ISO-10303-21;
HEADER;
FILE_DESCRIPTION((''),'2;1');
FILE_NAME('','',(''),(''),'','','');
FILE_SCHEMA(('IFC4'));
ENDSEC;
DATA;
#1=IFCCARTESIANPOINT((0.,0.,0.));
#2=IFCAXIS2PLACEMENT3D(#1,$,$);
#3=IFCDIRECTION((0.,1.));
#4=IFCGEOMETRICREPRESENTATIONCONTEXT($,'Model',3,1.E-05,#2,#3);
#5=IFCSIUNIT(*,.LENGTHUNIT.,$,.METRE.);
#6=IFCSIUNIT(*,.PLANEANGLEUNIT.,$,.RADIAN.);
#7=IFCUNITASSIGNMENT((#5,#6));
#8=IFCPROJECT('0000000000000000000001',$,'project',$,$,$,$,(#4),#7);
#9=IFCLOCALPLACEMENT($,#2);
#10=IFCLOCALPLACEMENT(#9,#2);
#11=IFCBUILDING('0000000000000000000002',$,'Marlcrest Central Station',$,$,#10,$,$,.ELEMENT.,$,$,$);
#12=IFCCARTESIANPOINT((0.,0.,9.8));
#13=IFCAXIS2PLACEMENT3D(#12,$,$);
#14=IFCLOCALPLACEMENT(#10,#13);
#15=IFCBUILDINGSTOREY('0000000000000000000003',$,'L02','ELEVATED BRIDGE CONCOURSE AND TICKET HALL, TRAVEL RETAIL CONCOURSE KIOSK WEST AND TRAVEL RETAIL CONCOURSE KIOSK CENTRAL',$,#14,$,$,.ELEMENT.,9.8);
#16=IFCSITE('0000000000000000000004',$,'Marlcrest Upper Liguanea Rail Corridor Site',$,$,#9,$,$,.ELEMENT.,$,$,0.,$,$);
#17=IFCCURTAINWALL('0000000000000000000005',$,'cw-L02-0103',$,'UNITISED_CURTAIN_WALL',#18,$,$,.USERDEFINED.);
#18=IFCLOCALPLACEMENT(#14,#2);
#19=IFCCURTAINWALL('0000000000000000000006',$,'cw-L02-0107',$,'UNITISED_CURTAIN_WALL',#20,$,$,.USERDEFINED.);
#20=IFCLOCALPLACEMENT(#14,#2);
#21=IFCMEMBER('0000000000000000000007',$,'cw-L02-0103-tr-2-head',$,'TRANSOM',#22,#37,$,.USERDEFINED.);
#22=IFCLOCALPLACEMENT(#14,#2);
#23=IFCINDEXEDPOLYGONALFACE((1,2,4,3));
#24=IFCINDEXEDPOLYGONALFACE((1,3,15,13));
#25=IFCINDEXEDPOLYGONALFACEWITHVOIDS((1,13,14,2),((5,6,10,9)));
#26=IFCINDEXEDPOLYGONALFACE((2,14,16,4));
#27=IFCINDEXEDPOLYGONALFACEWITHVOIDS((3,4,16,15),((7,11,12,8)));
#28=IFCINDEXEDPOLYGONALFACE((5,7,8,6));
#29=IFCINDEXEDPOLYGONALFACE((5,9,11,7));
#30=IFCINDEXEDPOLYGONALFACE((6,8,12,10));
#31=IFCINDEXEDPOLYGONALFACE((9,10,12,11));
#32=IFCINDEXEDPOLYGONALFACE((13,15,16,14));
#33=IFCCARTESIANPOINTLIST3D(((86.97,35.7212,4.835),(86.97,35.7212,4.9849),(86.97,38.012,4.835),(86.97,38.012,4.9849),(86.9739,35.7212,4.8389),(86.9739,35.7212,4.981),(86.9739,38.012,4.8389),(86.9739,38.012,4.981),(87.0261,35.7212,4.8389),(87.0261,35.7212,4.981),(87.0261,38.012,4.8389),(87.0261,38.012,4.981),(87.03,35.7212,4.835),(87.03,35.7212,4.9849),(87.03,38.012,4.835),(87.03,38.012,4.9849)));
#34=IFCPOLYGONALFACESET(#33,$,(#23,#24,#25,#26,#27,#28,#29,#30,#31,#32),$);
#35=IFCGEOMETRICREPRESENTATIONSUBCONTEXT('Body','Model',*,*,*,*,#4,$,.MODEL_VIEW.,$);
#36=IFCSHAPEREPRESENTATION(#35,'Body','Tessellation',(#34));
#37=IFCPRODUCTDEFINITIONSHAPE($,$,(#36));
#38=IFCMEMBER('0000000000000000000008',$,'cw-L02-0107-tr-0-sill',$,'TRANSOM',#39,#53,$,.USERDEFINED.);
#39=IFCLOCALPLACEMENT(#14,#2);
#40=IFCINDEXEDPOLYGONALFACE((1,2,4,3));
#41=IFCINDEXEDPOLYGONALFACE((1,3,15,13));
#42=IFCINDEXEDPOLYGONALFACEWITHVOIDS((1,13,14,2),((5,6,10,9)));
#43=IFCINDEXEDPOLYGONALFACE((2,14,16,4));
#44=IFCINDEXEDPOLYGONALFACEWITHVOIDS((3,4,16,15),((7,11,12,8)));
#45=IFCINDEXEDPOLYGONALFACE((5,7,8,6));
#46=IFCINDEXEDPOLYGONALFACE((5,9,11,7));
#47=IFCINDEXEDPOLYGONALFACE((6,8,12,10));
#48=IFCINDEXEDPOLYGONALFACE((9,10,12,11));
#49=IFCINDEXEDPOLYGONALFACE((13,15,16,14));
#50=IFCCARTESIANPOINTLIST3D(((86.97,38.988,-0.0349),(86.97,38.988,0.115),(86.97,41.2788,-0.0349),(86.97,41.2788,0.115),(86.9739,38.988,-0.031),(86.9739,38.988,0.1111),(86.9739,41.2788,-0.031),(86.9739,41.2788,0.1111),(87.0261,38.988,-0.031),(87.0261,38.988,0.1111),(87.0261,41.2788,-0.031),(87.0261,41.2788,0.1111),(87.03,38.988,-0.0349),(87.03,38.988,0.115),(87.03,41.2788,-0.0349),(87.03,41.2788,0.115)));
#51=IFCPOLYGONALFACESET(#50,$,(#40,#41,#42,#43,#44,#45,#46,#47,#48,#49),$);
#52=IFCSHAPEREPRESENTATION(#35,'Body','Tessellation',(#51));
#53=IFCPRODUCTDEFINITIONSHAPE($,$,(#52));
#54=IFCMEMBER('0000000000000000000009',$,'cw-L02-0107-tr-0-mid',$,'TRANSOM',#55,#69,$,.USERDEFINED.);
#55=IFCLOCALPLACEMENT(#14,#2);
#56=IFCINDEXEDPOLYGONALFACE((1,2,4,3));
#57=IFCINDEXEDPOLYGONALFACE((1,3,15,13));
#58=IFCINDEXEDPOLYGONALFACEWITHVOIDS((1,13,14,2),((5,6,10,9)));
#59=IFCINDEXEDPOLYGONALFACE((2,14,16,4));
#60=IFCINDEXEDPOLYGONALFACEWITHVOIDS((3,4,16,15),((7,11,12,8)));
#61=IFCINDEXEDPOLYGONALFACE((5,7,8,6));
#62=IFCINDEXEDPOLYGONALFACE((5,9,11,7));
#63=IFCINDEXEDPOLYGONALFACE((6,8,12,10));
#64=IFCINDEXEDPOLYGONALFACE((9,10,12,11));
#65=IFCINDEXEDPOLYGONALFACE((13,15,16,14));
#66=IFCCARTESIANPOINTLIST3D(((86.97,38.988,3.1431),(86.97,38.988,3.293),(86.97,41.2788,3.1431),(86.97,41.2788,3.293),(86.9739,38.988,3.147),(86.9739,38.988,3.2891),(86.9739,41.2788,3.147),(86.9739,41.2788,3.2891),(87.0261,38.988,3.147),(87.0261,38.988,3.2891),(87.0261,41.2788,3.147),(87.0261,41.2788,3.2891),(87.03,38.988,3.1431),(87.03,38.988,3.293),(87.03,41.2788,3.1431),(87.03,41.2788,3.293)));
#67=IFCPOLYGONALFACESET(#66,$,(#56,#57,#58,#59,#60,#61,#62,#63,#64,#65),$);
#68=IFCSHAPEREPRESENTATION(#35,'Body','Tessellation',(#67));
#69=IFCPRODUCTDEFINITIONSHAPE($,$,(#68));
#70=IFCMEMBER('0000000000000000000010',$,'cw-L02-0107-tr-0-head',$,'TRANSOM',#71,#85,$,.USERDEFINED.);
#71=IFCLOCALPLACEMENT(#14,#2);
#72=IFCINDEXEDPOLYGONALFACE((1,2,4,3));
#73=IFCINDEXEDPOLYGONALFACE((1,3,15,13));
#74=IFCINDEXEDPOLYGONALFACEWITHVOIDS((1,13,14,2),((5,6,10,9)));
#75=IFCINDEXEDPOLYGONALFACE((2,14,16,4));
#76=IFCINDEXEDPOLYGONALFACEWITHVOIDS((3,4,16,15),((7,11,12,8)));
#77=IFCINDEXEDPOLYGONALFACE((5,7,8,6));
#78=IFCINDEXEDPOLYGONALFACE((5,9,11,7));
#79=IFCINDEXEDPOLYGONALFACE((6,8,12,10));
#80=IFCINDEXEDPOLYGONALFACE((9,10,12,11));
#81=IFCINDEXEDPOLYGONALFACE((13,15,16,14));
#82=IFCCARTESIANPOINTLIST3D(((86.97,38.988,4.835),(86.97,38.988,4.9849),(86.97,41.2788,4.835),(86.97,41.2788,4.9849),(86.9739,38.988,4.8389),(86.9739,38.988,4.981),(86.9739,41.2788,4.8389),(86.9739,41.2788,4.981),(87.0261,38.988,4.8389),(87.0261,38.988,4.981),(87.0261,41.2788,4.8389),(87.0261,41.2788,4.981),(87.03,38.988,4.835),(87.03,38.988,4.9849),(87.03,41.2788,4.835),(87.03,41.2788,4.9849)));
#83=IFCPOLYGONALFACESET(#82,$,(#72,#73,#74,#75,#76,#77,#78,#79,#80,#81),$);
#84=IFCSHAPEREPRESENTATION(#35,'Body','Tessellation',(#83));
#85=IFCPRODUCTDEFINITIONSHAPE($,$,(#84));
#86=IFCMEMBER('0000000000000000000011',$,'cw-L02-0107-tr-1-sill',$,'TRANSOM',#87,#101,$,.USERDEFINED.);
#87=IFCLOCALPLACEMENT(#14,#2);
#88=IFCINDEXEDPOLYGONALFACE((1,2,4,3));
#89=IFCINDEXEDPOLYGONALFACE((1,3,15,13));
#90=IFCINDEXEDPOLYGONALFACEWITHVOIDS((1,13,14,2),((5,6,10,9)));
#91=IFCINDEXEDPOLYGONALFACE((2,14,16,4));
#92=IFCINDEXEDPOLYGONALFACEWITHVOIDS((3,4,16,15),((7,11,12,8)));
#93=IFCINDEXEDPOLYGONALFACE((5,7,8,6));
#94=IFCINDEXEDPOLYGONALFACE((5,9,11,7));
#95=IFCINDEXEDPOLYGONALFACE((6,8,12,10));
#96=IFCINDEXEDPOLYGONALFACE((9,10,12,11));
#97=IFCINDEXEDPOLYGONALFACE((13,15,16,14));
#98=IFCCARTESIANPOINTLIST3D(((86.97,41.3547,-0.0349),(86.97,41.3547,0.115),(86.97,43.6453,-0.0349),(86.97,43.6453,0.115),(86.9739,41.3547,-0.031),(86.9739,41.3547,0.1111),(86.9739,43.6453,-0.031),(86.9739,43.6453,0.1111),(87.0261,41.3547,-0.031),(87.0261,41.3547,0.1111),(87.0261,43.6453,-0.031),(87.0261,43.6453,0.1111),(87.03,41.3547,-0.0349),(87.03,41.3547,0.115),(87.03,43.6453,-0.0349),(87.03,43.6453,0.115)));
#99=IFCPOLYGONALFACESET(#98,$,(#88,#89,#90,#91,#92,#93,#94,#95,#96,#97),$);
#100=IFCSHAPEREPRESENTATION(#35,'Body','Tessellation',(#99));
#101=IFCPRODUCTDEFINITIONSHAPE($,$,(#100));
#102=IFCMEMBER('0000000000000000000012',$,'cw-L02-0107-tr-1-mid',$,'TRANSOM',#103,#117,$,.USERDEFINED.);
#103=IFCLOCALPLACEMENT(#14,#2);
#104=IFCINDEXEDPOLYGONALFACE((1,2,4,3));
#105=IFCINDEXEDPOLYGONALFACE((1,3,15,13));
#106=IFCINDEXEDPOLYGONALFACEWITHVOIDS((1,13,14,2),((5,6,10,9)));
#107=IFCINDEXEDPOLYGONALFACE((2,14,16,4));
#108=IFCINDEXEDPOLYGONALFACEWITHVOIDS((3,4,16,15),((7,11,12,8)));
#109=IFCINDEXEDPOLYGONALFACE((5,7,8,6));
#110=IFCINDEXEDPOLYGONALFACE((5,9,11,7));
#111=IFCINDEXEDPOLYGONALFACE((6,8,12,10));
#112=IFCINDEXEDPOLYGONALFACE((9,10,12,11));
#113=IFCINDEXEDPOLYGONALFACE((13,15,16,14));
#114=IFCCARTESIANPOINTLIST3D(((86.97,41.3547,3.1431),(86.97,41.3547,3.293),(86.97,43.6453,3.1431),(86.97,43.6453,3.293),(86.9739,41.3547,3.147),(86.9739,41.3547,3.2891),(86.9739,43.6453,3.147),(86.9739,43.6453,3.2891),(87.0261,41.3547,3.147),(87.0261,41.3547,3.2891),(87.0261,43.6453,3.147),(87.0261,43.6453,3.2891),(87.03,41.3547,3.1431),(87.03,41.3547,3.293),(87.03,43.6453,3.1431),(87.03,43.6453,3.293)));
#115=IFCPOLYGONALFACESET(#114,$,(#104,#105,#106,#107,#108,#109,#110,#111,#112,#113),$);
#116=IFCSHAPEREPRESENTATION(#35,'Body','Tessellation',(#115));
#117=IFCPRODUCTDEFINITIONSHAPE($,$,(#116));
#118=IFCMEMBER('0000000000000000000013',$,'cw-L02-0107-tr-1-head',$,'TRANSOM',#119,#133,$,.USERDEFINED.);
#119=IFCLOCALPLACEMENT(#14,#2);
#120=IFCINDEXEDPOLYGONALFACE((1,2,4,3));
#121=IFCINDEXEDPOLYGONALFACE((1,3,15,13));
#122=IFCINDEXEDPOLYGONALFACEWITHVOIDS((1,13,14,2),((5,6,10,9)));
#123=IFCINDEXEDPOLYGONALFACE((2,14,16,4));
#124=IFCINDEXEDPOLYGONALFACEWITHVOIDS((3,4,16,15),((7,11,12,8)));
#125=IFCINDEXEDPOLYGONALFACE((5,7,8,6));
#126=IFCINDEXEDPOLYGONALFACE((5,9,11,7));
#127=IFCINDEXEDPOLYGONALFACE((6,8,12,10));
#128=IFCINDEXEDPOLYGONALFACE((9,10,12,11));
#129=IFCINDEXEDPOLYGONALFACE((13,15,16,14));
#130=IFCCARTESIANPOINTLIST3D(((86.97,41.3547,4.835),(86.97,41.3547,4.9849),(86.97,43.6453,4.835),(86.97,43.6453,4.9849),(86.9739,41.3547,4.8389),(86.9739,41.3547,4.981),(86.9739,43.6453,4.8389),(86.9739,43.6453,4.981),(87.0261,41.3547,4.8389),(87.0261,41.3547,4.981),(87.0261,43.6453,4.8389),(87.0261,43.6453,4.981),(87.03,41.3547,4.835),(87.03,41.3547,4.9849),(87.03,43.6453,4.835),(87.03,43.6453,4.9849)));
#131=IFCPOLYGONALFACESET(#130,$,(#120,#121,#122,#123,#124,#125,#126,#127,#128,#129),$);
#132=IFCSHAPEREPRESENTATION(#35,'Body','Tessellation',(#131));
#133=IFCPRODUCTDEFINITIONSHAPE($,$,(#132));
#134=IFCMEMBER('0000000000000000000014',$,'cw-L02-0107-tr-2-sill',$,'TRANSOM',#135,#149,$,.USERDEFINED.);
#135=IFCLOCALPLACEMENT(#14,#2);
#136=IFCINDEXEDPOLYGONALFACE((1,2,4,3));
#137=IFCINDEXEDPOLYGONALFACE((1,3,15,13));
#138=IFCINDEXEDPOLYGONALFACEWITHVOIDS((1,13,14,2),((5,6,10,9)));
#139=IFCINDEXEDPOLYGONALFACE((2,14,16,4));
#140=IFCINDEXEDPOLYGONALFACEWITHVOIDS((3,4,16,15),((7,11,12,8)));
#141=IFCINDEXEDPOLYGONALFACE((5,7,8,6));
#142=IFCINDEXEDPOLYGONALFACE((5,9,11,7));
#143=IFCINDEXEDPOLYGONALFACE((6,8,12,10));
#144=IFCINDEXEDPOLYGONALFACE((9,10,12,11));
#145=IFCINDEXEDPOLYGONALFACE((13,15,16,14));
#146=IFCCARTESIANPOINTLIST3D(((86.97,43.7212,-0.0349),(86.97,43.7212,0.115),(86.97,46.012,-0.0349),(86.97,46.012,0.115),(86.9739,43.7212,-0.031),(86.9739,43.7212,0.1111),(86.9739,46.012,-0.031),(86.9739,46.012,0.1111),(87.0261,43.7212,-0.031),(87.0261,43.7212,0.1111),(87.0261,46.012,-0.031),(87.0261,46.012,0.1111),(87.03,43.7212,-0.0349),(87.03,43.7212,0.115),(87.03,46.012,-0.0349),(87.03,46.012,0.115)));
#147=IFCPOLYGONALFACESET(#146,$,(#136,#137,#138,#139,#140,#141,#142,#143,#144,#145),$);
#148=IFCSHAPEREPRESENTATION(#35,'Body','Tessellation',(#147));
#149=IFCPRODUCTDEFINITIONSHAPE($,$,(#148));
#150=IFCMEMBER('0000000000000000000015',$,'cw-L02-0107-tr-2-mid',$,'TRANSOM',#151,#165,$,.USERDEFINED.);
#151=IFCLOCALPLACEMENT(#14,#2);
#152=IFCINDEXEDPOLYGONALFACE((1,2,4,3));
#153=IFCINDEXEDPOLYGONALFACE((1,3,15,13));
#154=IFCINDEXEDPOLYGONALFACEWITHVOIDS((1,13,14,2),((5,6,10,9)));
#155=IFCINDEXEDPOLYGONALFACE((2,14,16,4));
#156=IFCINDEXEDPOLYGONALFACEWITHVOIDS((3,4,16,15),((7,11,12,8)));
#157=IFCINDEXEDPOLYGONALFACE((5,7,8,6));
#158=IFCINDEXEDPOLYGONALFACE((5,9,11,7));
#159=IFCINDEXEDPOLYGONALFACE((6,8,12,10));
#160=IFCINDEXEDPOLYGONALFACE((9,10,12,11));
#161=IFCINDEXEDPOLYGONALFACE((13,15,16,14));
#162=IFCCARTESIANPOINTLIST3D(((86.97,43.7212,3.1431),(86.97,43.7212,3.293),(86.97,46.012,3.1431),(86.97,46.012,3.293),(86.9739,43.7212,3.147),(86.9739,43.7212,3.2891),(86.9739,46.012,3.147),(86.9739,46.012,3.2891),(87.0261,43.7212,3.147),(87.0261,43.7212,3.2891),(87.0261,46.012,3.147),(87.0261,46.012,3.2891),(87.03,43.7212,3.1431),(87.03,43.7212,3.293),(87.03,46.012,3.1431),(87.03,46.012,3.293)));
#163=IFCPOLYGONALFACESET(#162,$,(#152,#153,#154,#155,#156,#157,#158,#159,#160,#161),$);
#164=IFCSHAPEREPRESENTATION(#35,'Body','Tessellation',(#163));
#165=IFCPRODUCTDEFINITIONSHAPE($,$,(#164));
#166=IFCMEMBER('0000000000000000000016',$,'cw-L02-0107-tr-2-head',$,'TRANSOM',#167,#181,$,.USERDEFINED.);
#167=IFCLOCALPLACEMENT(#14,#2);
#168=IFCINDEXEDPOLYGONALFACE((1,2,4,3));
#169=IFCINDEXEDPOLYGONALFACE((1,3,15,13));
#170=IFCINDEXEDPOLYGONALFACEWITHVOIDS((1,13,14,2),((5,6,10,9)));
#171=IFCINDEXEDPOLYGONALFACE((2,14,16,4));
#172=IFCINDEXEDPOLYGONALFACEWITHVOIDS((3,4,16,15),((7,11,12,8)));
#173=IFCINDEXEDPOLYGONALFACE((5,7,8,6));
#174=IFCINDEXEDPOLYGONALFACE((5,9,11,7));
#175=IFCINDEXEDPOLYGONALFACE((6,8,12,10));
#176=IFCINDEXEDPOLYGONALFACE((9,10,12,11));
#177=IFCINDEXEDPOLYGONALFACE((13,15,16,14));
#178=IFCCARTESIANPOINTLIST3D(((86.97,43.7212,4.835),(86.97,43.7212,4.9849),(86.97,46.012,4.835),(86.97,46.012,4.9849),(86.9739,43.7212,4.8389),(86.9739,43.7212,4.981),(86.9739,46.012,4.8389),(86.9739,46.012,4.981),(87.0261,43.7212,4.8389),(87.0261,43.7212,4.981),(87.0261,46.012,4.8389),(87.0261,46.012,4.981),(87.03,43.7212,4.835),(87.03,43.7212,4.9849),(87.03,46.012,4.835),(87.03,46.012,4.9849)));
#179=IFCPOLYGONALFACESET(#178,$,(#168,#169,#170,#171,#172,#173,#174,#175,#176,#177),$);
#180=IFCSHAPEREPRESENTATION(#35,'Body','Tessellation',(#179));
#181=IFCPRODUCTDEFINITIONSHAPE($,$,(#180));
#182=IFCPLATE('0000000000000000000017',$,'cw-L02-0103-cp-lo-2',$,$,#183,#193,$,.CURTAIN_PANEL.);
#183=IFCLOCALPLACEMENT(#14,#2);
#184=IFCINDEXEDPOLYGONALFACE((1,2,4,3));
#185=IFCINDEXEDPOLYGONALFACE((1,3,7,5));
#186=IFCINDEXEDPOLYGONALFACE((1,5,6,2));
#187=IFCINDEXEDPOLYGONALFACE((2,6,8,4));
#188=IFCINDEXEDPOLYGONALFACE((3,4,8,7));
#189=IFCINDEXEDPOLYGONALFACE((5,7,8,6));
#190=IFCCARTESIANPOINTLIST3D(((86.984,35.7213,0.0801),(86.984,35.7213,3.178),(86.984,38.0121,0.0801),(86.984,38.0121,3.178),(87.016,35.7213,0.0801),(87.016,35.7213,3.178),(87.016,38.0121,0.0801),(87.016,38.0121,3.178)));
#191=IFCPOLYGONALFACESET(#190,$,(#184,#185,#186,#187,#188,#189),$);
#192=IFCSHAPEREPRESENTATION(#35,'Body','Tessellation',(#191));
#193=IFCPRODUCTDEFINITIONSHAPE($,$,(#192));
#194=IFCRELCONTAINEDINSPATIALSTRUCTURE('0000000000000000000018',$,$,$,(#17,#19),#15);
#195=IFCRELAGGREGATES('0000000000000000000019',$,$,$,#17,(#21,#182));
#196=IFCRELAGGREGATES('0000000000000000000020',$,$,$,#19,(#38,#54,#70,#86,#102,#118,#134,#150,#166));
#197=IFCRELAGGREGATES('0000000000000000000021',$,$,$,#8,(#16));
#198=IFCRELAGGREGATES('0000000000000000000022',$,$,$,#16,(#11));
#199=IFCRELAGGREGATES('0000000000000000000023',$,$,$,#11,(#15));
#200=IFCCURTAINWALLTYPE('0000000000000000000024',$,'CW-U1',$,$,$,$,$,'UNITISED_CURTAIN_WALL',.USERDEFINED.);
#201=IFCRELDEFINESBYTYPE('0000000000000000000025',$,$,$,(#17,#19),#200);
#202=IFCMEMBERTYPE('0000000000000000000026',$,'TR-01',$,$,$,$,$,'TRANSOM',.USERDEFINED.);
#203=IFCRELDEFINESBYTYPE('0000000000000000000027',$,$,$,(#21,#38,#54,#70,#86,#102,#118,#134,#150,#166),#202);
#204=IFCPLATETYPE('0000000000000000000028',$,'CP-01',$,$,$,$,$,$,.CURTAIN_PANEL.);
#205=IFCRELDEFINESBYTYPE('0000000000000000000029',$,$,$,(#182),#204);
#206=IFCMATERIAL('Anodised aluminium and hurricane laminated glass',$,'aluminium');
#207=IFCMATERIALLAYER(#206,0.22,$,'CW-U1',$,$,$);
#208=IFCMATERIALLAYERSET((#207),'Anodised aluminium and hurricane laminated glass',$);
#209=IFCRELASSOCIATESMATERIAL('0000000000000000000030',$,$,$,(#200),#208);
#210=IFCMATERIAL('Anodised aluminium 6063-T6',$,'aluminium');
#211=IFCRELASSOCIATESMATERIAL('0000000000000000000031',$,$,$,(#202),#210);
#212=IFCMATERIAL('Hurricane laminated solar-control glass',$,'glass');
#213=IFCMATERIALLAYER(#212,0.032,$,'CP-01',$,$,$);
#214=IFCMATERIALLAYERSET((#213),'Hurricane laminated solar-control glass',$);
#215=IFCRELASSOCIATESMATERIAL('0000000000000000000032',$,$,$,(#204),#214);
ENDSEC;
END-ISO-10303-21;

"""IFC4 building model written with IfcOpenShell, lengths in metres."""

from ifc_helpers import new_model, si_unit, direction, frame, origin, origin_2d, place, context, subcontext, project, spatial, rectangle, hollow_rectangle, extrude, material, layer, layer_set, material_profile, profile_set, type_object, element, aggregate, save


model = new_model("IFC4")

# Units and contexts
model_context = context("Model", 3, precision=1e-05, world=origin(), true_north=direction((0.0, 1.0)))
body_context = subcontext(model_context, "Body", "Model", "MODEL_VIEW")
ifc_project = project(units=[si_unit("LENGTHUNIT", "METRE"), si_unit("PLANEANGLEUNIT", "RADIAN")], contexts=[model_context])

# Site, building, storey
site_placement = place(None, origin())
site = spatial("IfcSite", under=ifc_project, at=site_placement, Name="Marlcrest Upper Liguanea Rail Corridor Site", CompositionType="ELEMENT", RefElevation=0.0)
building_placement = place(site_placement, origin())
building = spatial("IfcBuilding", under=site, at=building_placement, Name="Marlcrest Central Station", CompositionType="ELEMENT")
storey_placement = place(building_placement, frame((0.0, 0.0, 9.8)))
storey = spatial("IfcBuildingStorey", under=building, at=storey_placement, Name="L02", Description="ELEVATED BRIDGE CONCOURSE AND TICKET HALL, TRAVEL RETAIL CONCOURSE KIOSK WEST AND TRAVEL RETAIL CONCOURSE KIOSK CENTRAL", CompositionType="ELEMENT", Elevation=9.8)

# Curtain wall
ifc_material_1 = material(Name="Anodised aluminium and hurricane laminated glass", Category="aluminium")
ifc_layer_1 = layer(ifc_material_1, 0.22, Name="CW-U1")
ifc_layer_set_1 = layer_set([ifc_layer_1], Name="Anodised aluminium and hurricane laminated glass")
curtain_wall_type = type_object("IfcCurtainWallType", Name="CW-U1", ElementType="UNITISED_CURTAIN_WALL", PredefinedType="USERDEFINED", material=ifc_layer_set_1)
curtain_wall_1_placement = place(storey_placement, origin())
curtain_wall_1 = element("IfcCurtainWall", 1, at=curtain_wall_1_placement, inside=storey, type_object=curtain_wall_type, Name="cw-L02-0103", ObjectType="UNITISED_CURTAIN_WALL", PredefinedType="USERDEFINED")
ifc_material_2 = material(Name="Anodised aluminium 6063-T6", Category="aluminium")

# Curtain wall
curtain_wall_2_placement = place(storey_placement, origin())
curtain_wall_2 = element("IfcCurtainWall", 2, at=curtain_wall_2_placement, inside=storey, type_object=curtain_wall_type, Name="cw-L02-0107", ObjectType="UNITISED_CURTAIN_WALL", PredefinedType="USERDEFINED")

# Members
ifc_material_profile_1 = material_profile(ifc_material_2, hollow_rectangle(XDim=0.0601, YDim=0.1499, WallThickness=0.0039, at=origin_2d()), Name="AA-RHS 150x60x4")
ifc_profile_set_1 = profile_set([ifc_material_profile_1], Name="Anodised aluminium 6063-T6")
member_type_1 = type_object("IfcMemberType", Name="TR-01", ElementType="TRANSOM", PredefinedType="USERDEFINED", material=ifc_profile_set_1)
member_1_placement = place(storey_placement, frame((87.0, 35.7212, 4.9099), z_axis=(0.0, 1.0, 0.0), x_axis=(-1.0, 0.0, 0.0)))
member_1 = element("IfcMember", 3, at=member_1_placement, type_object=member_type_1, Name="cw-L02-0103-tr-2-head", ObjectType="TRANSOM", PredefinedType="USERDEFINED", context=body_context, shape_type="SweptSolid", body=[
    extrude(hollow_rectangle(XDim=0.0601, YDim=0.1499, WallThickness=0.0039, at=origin_2d()), origin(), (0.0, 0.0, 1.0), 2.2908),
])
member_2_placement = place(storey_placement, frame((87.0, 38.988, 0.04), z_axis=(0.0, 1.0, 0.0), x_axis=(-1.0, 0.0, 0.0)))
member_2 = element("IfcMember", 4, at=member_2_placement, type_object=member_type_1, Name="cw-L02-0107-tr-0-sill", ObjectType="TRANSOM", PredefinedType="USERDEFINED", context=body_context, shape_type="SweptSolid", body=[
    extrude(hollow_rectangle(XDim=0.0601, YDim=0.1499, WallThickness=0.0039, at=origin_2d()), origin(), (0.0, 0.0, 1.0), 2.2908),
])
member_3_placement = place(storey_placement, frame((87.0, 38.988, 3.218), z_axis=(0.0, 1.0, 0.0), x_axis=(-1.0, 0.0, 0.0)))
member_3 = element("IfcMember", 5, at=member_3_placement, type_object=member_type_1, Name="cw-L02-0107-tr-0-mid", ObjectType="TRANSOM", PredefinedType="USERDEFINED", context=body_context, shape_type="SweptSolid", body=[
    extrude(hollow_rectangle(XDim=0.0601, YDim=0.1499, WallThickness=0.0039, at=origin_2d()), origin(), (0.0, 0.0, 1.0), 2.2908),
])
member_4_placement = place(storey_placement, frame((87.0, 38.988, 4.9099), z_axis=(0.0, 1.0, 0.0), x_axis=(-1.0, 0.0, 0.0)))
member_4 = element("IfcMember", 6, at=member_4_placement, type_object=member_type_1, Name="cw-L02-0107-tr-0-head", ObjectType="TRANSOM", PredefinedType="USERDEFINED", context=body_context, shape_type="SweptSolid", body=[
    extrude(hollow_rectangle(XDim=0.0601, YDim=0.1499, WallThickness=0.0039, at=origin_2d()), origin(), (0.0, 0.0, 1.0), 2.2908),
])
member_5_placement = place(storey_placement, frame((87.0, 41.3547, 0.04), z_axis=(0.0, 1.0, 0.0), x_axis=(-1.0, 0.0, 0.0)))
member_5 = element("IfcMember", 7, at=member_5_placement, type_object=member_type_1, Name="cw-L02-0107-tr-1-sill", ObjectType="TRANSOM", PredefinedType="USERDEFINED", context=body_context, shape_type="SweptSolid", body=[
    extrude(hollow_rectangle(XDim=0.0601, YDim=0.1499, WallThickness=0.0039, at=origin_2d()), origin(), (0.0, 0.0, 1.0), 2.2905),
])
member_6_placement = place(storey_placement, frame((87.0, 41.3547, 3.218), z_axis=(0.0, 1.0, 0.0), x_axis=(-1.0, 0.0, 0.0)))
member_6 = element("IfcMember", 8, at=member_6_placement, type_object=member_type_1, Name="cw-L02-0107-tr-1-mid", ObjectType="TRANSOM", PredefinedType="USERDEFINED", context=body_context, shape_type="SweptSolid", body=[
    extrude(hollow_rectangle(XDim=0.0601, YDim=0.1499, WallThickness=0.0039, at=origin_2d()), origin(), (0.0, 0.0, 1.0), 2.2905),
])
member_7_placement = place(storey_placement, frame((87.0, 41.3547, 4.9099), z_axis=(0.0, 1.0, 0.0), x_axis=(-1.0, 0.0, 0.0)))
member_7 = element("IfcMember", 9, at=member_7_placement, type_object=member_type_1, Name="cw-L02-0107-tr-1-head", ObjectType="TRANSOM", PredefinedType="USERDEFINED", context=body_context, shape_type="SweptSolid", body=[
    extrude(hollow_rectangle(XDim=0.0601, YDim=0.1499, WallThickness=0.0039, at=origin_2d()), origin(), (0.0, 0.0, 1.0), 2.2905),
])
member_8_placement = place(storey_placement, frame((87.0, 43.7212, 0.04), z_axis=(0.0, 1.0, 0.0), x_axis=(-1.0, 0.0, 0.0)))
member_8 = element("IfcMember", 10, at=member_8_placement, type_object=member_type_1, Name="cw-L02-0107-tr-2-sill", ObjectType="TRANSOM", PredefinedType="USERDEFINED", context=body_context, shape_type="SweptSolid", body=[
    extrude(hollow_rectangle(XDim=0.0601, YDim=0.1499, WallThickness=0.0039, at=origin_2d()), origin(), (0.0, 0.0, 1.0), 2.2908),
])
member_9_placement = place(storey_placement, frame((87.0, 43.7212, 3.218), z_axis=(0.0, 1.0, 0.0), x_axis=(-1.0, 0.0, 0.0)))
member_9 = element("IfcMember", 11, at=member_9_placement, type_object=member_type_1, Name="cw-L02-0107-tr-2-mid", ObjectType="TRANSOM", PredefinedType="USERDEFINED", context=body_context, shape_type="SweptSolid", body=[
    extrude(hollow_rectangle(XDim=0.0601, YDim=0.1499, WallThickness=0.0039, at=origin_2d()), origin(), (0.0, 0.0, 1.0), 2.2908),
])
member_10_placement = place(storey_placement, frame((87.0, 43.7212, 4.9099), z_axis=(0.0, 1.0, 0.0), x_axis=(-1.0, 0.0, 0.0)))
member_10 = element("IfcMember", 12, at=member_10_placement, type_object=member_type_1, Name="cw-L02-0107-tr-2-head", ObjectType="TRANSOM", PredefinedType="USERDEFINED", context=body_context, shape_type="SweptSolid", body=[
    extrude(hollow_rectangle(XDim=0.0601, YDim=0.1499, WallThickness=0.0039, at=origin_2d()), origin(), (0.0, 0.0, 1.0), 2.2908),
])

# Plate
ifc_material_3 = material(Name="Hurricane laminated solar-control glass", Category="glass")
ifc_layer_2 = layer(ifc_material_3, 0.032, Name="CP-01")
ifc_layer_set_2 = layer_set([ifc_layer_2], Name="Hurricane laminated solar-control glass")
plate_type_1 = type_object("IfcPlateType", Name="CP-01", PredefinedType="CURTAIN_PANEL", material=ifc_layer_set_2)
plate_1_placement = place(storey_placement, frame((87.0, 36.8667, 0.0801), z_axis=(0.0, 0.0, 1.0), x_axis=(0.0, 1.0, 0.0)))
plate_1 = element("IfcPlate", 13, at=plate_1_placement, type_object=plate_type_1, Name="cw-L02-0103-cp-lo-2", PredefinedType="CURTAIN_PANEL", context=body_context, shape_type="SweptSolid", body=[
    extrude(rectangle(XDim=2.2908, YDim=0.032, at=origin_2d()), origin(), (0.0, 0.0, 1.0), 3.0979),
])
aggregate(curtain_wall_1, [member_1, plate_1])
aggregate(curtain_wall_2, [member_2, member_3, member_4, member_5, member_6, member_7, member_8, member_9, member_10])

save(model, "model.ifc")
